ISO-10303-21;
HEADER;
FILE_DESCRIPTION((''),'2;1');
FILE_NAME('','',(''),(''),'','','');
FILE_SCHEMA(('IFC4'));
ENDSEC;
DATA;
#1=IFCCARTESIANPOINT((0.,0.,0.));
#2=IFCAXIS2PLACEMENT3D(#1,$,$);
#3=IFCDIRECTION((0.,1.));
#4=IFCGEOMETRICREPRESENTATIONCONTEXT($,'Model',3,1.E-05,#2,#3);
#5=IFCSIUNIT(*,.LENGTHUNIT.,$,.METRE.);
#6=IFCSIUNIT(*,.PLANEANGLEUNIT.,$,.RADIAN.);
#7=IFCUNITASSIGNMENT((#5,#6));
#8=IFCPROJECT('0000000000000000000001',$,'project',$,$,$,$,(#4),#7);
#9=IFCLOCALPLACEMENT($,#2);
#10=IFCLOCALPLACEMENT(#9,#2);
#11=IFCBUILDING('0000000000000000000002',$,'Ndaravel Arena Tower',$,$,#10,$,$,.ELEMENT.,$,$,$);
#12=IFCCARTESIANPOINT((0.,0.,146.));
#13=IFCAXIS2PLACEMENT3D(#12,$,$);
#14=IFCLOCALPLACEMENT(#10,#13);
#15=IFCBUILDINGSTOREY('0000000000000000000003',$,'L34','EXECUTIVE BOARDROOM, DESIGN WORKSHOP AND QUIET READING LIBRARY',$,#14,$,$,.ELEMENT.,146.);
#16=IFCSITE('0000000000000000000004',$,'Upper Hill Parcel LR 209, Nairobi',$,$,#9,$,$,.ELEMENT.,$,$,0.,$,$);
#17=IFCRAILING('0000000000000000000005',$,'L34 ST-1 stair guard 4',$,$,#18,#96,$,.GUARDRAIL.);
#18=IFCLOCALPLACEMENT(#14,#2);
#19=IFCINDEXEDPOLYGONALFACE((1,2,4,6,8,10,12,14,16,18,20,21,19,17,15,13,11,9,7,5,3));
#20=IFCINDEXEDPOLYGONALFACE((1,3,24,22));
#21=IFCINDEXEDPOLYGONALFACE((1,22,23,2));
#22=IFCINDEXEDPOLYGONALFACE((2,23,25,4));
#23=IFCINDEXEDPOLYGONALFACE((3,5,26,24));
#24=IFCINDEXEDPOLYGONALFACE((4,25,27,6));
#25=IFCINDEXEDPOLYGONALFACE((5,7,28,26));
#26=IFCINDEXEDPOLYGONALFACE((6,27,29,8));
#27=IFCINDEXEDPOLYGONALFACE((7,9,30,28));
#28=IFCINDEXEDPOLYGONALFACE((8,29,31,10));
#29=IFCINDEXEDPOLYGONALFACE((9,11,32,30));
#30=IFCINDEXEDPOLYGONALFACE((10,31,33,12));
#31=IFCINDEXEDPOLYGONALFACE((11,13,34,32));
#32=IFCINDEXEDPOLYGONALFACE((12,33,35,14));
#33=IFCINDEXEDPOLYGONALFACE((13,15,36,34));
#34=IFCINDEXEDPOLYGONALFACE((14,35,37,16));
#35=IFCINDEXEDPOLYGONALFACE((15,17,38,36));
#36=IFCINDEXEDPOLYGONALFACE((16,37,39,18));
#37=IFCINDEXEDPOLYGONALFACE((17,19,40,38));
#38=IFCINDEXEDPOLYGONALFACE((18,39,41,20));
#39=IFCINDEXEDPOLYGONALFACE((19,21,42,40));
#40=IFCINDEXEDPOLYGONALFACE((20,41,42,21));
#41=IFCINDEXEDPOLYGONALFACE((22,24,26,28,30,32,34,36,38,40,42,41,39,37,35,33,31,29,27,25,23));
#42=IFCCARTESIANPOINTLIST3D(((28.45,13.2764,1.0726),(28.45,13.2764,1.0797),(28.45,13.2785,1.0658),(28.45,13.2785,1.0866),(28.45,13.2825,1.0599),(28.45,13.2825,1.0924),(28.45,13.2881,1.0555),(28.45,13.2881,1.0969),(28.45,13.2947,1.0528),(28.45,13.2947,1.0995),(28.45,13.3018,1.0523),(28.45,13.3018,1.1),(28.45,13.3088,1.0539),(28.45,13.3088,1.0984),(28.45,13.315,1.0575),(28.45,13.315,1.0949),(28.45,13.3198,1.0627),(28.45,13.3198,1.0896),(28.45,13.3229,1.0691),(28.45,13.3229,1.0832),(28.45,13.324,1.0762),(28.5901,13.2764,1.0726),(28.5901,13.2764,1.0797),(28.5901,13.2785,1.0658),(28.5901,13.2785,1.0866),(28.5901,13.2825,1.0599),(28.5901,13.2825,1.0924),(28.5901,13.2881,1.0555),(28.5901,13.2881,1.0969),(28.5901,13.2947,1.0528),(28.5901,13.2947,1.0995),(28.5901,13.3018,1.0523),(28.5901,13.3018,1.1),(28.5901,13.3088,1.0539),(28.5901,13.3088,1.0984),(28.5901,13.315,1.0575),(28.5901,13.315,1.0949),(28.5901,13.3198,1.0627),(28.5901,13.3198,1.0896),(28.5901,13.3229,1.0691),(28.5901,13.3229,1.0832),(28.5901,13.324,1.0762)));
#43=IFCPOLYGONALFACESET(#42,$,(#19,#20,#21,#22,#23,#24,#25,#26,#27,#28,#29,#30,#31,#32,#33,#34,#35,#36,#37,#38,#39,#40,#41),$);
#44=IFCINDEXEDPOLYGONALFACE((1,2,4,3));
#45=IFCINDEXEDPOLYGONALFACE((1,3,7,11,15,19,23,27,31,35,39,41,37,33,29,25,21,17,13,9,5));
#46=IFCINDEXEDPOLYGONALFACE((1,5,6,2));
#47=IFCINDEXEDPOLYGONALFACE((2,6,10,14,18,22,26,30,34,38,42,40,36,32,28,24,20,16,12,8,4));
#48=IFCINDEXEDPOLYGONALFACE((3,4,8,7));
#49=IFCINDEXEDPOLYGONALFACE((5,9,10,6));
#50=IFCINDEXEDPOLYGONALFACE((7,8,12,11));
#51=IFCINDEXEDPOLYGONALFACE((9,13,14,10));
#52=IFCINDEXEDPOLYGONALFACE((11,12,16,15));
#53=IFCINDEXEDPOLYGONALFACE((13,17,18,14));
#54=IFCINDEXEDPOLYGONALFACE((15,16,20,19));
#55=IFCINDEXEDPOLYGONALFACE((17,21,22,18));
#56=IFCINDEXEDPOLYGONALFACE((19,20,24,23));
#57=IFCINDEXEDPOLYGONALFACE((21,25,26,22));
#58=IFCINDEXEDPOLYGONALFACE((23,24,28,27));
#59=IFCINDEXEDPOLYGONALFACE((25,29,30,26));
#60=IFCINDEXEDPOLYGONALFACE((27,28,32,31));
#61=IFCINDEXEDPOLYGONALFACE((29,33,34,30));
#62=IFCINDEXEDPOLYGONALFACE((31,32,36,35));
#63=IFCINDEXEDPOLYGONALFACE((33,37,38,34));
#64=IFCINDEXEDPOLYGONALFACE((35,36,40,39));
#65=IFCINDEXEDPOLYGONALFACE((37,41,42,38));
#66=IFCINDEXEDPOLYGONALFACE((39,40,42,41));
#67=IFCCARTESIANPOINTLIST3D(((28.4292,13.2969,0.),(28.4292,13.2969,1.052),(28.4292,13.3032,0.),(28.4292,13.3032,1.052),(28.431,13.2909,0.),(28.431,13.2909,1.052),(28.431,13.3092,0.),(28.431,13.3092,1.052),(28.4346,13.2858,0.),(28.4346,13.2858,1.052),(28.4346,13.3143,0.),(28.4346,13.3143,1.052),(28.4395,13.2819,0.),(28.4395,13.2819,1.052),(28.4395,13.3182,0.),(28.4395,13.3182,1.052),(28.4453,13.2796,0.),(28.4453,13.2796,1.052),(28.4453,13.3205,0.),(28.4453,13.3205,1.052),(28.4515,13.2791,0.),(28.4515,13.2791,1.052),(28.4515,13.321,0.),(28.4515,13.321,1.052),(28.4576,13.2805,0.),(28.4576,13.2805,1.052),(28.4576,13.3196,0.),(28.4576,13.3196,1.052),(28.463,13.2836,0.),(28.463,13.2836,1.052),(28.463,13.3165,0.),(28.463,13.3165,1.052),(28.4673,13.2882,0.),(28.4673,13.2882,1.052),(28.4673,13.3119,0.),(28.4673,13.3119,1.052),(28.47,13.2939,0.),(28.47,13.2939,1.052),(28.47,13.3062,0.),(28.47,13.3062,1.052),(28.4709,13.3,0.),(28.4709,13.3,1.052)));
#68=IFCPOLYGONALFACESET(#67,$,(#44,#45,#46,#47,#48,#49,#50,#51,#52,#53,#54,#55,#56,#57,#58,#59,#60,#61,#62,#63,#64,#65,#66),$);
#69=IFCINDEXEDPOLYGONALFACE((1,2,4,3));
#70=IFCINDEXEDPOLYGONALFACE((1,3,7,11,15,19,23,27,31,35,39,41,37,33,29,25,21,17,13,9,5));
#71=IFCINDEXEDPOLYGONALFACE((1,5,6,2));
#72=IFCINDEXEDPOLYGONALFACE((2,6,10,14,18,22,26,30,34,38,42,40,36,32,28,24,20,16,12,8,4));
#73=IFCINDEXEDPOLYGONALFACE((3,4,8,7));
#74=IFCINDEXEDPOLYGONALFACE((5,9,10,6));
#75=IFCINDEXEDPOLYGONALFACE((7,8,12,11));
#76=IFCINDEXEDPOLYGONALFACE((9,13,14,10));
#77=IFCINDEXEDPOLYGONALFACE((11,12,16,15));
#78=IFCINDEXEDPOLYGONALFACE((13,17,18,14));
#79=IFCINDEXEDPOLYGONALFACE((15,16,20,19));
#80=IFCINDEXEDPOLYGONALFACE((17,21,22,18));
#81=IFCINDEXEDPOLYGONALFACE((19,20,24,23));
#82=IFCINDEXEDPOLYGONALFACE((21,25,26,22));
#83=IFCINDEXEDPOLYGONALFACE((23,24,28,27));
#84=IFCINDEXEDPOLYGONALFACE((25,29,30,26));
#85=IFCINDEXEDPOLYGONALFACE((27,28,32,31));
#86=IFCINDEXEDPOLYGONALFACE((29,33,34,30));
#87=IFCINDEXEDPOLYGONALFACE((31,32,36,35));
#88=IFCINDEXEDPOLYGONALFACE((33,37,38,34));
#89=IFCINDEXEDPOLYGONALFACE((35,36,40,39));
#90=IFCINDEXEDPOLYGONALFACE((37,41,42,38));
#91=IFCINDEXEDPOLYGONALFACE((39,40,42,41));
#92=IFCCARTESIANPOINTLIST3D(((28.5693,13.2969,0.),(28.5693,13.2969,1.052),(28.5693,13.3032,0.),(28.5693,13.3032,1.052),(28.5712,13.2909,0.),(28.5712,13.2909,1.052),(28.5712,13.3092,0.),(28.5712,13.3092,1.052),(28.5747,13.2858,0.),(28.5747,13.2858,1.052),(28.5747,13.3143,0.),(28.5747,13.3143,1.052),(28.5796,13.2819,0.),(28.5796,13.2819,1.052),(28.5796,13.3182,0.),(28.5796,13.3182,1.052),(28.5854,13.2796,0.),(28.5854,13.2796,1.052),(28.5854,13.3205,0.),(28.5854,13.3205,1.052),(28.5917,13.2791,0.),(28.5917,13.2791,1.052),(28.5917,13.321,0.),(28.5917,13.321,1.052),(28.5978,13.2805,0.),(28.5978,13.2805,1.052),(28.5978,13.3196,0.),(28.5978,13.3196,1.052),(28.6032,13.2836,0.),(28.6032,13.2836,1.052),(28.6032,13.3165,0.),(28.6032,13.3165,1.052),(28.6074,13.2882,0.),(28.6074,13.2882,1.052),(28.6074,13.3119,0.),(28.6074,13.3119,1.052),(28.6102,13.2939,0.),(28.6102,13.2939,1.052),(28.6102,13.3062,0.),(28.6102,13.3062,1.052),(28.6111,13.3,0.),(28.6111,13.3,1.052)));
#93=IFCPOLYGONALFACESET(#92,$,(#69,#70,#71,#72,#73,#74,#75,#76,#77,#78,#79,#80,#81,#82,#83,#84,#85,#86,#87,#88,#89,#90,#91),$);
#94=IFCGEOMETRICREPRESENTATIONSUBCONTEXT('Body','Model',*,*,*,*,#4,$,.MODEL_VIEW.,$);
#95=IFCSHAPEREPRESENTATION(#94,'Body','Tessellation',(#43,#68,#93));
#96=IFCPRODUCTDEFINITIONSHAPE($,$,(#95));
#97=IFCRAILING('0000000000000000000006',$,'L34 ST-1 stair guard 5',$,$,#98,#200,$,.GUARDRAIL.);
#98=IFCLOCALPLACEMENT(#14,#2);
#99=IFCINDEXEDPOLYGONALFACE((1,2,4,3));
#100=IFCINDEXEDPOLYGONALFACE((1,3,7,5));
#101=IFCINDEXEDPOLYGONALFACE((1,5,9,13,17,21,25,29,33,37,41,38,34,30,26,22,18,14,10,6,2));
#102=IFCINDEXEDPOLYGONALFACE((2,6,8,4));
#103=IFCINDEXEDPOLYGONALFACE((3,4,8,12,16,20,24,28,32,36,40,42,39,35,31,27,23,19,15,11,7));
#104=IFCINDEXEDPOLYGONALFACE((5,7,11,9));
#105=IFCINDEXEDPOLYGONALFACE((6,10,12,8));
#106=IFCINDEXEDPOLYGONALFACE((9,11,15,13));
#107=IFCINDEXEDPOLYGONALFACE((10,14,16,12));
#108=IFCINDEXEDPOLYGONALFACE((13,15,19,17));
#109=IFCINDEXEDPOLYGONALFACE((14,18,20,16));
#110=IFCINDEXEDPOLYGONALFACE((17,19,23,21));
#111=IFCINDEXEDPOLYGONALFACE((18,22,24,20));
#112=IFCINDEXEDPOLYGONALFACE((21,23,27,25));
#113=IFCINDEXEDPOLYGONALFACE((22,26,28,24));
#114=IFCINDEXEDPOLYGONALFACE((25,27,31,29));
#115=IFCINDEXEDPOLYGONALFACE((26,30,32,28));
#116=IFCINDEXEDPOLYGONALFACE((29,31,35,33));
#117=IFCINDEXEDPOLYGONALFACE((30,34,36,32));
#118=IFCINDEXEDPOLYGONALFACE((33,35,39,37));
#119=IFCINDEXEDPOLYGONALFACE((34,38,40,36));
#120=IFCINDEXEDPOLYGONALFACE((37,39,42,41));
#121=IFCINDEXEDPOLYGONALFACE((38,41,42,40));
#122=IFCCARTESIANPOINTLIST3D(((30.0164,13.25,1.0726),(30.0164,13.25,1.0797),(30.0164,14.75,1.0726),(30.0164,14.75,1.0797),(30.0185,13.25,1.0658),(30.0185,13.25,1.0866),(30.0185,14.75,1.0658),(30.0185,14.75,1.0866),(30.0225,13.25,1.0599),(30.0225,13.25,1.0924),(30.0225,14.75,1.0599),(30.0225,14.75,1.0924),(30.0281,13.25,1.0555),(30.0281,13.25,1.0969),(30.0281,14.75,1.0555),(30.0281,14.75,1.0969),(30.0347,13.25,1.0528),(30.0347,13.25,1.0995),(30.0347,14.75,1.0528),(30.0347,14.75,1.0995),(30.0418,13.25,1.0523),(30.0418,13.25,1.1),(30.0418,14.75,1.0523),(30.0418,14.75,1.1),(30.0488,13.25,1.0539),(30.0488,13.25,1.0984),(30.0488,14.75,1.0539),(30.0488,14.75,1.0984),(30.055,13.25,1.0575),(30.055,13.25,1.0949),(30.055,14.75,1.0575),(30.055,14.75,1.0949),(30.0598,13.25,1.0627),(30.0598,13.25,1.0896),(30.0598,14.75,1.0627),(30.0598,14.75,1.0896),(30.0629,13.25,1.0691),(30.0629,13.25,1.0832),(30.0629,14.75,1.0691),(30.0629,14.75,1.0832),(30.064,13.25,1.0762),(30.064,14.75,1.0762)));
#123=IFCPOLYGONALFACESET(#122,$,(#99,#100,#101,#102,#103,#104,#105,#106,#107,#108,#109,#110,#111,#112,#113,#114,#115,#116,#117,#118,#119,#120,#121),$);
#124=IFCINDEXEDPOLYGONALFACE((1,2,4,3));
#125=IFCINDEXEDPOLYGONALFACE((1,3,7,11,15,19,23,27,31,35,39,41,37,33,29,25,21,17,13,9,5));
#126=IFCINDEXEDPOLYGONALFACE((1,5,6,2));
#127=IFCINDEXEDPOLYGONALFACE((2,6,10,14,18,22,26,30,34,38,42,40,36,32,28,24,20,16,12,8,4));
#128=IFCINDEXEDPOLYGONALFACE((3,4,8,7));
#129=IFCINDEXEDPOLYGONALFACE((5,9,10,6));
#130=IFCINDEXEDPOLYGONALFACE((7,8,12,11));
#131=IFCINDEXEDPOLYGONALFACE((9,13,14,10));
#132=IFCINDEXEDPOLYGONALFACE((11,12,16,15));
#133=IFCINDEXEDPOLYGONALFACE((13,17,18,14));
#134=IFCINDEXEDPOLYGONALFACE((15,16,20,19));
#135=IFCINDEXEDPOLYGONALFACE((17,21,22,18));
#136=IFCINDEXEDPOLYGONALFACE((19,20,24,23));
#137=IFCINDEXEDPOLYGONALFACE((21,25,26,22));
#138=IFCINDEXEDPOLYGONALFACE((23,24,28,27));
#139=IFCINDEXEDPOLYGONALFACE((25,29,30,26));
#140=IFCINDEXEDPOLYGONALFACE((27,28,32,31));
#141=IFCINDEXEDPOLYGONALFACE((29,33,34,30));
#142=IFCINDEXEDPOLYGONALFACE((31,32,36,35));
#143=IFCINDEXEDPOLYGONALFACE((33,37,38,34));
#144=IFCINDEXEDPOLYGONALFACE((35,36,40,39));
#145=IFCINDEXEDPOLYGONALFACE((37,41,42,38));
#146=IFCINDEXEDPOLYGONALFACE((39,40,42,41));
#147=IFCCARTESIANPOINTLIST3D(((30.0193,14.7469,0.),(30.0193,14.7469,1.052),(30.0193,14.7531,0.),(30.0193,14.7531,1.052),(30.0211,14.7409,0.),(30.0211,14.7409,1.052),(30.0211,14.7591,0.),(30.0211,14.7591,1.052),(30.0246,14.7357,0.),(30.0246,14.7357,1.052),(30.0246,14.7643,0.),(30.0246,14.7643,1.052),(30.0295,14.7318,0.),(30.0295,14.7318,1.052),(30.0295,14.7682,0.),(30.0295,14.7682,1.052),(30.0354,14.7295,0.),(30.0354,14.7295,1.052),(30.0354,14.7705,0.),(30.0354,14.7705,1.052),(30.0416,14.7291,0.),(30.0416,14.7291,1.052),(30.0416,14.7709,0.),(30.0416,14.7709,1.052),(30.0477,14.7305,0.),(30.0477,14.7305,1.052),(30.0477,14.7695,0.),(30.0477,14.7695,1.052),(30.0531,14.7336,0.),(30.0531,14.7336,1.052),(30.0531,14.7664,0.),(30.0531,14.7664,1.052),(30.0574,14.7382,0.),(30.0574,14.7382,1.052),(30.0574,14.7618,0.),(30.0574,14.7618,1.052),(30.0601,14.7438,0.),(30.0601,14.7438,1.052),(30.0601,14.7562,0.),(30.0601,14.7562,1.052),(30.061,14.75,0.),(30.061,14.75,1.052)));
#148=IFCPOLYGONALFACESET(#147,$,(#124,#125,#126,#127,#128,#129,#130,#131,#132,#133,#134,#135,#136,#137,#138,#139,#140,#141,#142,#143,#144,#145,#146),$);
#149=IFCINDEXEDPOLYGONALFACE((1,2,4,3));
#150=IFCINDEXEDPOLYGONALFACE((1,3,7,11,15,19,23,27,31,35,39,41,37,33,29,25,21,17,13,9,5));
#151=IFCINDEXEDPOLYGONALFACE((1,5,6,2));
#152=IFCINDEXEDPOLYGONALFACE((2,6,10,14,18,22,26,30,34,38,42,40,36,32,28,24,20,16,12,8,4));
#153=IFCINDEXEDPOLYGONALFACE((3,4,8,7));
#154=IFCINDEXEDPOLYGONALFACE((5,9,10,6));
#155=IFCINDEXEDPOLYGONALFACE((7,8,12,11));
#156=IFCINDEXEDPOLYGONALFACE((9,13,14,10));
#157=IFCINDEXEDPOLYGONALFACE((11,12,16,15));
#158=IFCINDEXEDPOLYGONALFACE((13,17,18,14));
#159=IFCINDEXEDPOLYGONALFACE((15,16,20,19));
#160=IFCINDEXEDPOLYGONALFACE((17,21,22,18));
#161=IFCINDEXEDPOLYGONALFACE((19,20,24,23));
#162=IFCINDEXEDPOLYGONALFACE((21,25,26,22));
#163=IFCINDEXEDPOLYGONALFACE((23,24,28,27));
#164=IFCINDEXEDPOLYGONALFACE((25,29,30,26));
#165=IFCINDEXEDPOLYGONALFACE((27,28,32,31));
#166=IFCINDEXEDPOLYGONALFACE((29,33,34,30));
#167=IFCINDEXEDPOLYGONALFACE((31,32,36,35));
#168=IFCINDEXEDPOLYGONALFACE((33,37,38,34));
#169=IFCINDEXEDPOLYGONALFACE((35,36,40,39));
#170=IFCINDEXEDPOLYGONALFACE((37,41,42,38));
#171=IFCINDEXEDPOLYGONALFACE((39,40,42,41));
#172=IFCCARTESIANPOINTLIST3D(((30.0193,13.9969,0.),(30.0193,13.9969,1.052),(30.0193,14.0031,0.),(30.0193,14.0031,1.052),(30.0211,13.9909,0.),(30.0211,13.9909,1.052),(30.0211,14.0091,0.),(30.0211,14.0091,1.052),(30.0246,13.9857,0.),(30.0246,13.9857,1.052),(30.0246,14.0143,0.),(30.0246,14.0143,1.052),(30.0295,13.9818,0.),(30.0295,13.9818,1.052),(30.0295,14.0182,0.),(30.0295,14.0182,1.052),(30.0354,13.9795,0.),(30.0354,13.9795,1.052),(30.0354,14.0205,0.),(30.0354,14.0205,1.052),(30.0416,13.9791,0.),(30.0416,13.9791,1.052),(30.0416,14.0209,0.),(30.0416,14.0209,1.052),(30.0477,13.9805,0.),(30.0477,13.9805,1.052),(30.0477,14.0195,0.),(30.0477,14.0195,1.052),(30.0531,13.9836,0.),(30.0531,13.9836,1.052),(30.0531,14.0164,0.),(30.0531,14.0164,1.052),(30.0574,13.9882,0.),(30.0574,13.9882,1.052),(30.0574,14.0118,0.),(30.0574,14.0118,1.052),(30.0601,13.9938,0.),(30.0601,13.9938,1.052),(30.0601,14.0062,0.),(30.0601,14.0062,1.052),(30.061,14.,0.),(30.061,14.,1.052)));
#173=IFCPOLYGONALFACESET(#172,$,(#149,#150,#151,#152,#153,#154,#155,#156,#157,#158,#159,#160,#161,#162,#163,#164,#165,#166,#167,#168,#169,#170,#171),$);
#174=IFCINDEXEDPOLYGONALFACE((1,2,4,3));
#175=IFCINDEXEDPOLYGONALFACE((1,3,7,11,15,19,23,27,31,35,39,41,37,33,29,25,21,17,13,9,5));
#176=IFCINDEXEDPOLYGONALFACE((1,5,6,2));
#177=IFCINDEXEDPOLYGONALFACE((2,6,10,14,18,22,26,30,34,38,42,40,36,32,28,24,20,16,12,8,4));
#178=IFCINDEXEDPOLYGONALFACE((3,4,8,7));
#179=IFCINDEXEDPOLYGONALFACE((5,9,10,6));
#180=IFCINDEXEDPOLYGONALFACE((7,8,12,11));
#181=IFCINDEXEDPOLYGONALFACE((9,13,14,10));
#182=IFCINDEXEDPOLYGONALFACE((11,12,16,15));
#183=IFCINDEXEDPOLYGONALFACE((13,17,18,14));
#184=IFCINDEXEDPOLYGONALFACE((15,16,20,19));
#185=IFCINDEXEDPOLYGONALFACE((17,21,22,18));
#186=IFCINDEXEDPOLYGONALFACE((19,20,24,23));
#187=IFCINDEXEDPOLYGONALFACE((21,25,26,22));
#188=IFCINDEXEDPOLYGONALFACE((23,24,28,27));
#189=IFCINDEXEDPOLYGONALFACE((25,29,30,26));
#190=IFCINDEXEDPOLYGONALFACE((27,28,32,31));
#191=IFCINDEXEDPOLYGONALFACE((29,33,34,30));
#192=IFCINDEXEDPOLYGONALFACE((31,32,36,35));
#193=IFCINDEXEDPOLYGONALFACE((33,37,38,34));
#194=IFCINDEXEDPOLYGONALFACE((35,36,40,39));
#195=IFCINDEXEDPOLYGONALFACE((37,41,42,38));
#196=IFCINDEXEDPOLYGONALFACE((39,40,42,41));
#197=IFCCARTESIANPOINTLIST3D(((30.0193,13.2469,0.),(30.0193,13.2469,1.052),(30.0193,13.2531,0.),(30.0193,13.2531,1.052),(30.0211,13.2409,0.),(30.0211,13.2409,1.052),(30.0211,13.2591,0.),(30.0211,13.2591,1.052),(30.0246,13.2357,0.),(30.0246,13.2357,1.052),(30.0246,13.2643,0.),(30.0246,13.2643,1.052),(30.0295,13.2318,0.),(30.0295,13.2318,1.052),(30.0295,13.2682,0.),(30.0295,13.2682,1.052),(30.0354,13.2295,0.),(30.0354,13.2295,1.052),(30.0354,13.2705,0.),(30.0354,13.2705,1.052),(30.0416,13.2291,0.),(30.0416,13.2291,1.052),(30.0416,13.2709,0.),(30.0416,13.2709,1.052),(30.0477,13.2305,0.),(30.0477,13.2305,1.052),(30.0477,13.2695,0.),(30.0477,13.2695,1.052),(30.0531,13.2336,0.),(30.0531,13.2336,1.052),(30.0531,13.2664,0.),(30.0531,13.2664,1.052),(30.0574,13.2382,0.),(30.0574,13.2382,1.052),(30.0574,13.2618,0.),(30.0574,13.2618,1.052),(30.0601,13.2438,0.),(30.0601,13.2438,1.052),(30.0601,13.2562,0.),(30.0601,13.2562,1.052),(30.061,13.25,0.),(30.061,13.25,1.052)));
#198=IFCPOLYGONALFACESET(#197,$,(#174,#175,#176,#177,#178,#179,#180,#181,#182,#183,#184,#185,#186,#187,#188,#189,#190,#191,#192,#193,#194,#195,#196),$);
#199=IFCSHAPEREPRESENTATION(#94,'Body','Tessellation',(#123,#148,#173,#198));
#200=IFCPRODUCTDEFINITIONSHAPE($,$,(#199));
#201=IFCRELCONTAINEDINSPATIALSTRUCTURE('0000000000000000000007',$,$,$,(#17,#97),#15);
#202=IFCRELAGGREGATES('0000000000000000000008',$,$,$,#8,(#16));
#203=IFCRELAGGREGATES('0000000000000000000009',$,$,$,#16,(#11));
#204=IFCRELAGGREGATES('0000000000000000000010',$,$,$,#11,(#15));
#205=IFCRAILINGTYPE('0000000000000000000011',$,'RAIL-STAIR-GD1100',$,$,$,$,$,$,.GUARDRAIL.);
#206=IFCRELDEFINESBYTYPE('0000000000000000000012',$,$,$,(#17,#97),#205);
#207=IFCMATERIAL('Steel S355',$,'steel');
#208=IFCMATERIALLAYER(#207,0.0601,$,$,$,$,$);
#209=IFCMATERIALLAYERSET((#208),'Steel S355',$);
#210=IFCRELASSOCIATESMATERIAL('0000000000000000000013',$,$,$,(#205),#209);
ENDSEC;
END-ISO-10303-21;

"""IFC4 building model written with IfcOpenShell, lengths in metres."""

from ifc_helpers import new_model, si_unit, direction, frame, origin, origin_2d, place, context, subcontext, project, spatial, circle, extrude, material, layer, layer_set, type_object, element, save


model = new_model("IFC4")

# Units and contexts
model_context = context("Model", 3, precision=1e-05, world=origin(), true_north=direction((0.0, 1.0)))
body_context = subcontext(model_context, "Body", "Model", "MODEL_VIEW")
ifc_project = project(units=[si_unit("LENGTHUNIT", "METRE"), si_unit("PLANEANGLEUNIT", "RADIAN")], contexts=[model_context])

# Site, building, storey
site_placement = place(None, origin())
site = spatial("IfcSite", under=ifc_project, at=site_placement, Name="Upper Hill Parcel LR 209, Nairobi", CompositionType="ELEMENT", RefElevation=0.0)
building_placement = place(site_placement, origin())
building = spatial("IfcBuilding", under=site, at=building_placement, Name="Ndaravel Arena Tower", CompositionType="ELEMENT")
storey_placement = place(building_placement, frame((0.0, 0.0, 146.0)))
storey = spatial("IfcBuildingStorey", under=building, at=storey_placement, Name="L34", Description="EXECUTIVE BOARDROOM, DESIGN WORKSHOP AND QUIET READING LIBRARY", CompositionType="ELEMENT", Elevation=146.0)

# Railings
ifc_material_1 = material(Name="Steel S355", Category="steel")
ifc_layer_1 = layer(ifc_material_1, 0.0601)
ifc_layer_set_1 = layer_set([ifc_layer_1], Name="Steel S355")
railing_type_1 = type_object("IfcRailingType", Name="RAIL-STAIR-GD1100", PredefinedType="GUARDRAIL", material=ifc_layer_set_1)
railing_1_placement = place(storey_placement, frame((28.45, 13.3, 0.0)))
element("IfcRailing", 1, at=railing_1_placement, inside=storey, type_object=railing_type_1, Name="L34 ST-1 stair guard 4", PredefinedType="GUARDRAIL", context=body_context, shape_type="SweptSolid", body=[
    extrude(circle(Radius=0.0239, at=origin_2d()), frame((0.0, 0.0, 1.0762), z_axis=(1.0, 0.0, 0.0), x_axis=(0.0, 1.0, 0.0)), (0.0, 0.0, 1.0), 0.1401),
    extrude(circle(Radius=0.021, at=origin_2d()), origin(), (0.0, 0.0, 1.0), 1.052),
    extrude(circle(Radius=0.021, at=origin_2d()), frame((0.1401, 0.0, 0.0)), (0.0, 0.0, 1.0), 1.052),
])
railing_2_placement = place(storey_placement, frame((30.04, 14.75, 0.0)))
element("IfcRailing", 2, at=railing_2_placement, inside=storey, type_object=railing_type_1, Name="L34 ST-1 stair guard 5", PredefinedType="GUARDRAIL", context=body_context, shape_type="SweptSolid", body=[
    extrude(circle(Radius=0.0239, at=origin_2d()), frame((0.0, 0.0, 1.0762), z_axis=(0.0, -1.0, 0.0), x_axis=(1.0, 0.0, 0.0)), (0.0, 0.0, 1.0), 1.5),
    extrude(circle(Radius=0.021, at=origin_2d()), origin(), (0.0, 0.0, 1.0), 1.052),
    extrude(circle(Radius=0.021, at=origin_2d()), frame((0.0, -0.75, 0.0)), (0.0, 0.0, 1.0), 1.052),
    extrude(circle(Radius=0.021, at=origin_2d()), frame((0.0, -1.5, 0.0)), (0.0, 0.0, 1.0), 1.052),
])

save(model, "model.ifc")
